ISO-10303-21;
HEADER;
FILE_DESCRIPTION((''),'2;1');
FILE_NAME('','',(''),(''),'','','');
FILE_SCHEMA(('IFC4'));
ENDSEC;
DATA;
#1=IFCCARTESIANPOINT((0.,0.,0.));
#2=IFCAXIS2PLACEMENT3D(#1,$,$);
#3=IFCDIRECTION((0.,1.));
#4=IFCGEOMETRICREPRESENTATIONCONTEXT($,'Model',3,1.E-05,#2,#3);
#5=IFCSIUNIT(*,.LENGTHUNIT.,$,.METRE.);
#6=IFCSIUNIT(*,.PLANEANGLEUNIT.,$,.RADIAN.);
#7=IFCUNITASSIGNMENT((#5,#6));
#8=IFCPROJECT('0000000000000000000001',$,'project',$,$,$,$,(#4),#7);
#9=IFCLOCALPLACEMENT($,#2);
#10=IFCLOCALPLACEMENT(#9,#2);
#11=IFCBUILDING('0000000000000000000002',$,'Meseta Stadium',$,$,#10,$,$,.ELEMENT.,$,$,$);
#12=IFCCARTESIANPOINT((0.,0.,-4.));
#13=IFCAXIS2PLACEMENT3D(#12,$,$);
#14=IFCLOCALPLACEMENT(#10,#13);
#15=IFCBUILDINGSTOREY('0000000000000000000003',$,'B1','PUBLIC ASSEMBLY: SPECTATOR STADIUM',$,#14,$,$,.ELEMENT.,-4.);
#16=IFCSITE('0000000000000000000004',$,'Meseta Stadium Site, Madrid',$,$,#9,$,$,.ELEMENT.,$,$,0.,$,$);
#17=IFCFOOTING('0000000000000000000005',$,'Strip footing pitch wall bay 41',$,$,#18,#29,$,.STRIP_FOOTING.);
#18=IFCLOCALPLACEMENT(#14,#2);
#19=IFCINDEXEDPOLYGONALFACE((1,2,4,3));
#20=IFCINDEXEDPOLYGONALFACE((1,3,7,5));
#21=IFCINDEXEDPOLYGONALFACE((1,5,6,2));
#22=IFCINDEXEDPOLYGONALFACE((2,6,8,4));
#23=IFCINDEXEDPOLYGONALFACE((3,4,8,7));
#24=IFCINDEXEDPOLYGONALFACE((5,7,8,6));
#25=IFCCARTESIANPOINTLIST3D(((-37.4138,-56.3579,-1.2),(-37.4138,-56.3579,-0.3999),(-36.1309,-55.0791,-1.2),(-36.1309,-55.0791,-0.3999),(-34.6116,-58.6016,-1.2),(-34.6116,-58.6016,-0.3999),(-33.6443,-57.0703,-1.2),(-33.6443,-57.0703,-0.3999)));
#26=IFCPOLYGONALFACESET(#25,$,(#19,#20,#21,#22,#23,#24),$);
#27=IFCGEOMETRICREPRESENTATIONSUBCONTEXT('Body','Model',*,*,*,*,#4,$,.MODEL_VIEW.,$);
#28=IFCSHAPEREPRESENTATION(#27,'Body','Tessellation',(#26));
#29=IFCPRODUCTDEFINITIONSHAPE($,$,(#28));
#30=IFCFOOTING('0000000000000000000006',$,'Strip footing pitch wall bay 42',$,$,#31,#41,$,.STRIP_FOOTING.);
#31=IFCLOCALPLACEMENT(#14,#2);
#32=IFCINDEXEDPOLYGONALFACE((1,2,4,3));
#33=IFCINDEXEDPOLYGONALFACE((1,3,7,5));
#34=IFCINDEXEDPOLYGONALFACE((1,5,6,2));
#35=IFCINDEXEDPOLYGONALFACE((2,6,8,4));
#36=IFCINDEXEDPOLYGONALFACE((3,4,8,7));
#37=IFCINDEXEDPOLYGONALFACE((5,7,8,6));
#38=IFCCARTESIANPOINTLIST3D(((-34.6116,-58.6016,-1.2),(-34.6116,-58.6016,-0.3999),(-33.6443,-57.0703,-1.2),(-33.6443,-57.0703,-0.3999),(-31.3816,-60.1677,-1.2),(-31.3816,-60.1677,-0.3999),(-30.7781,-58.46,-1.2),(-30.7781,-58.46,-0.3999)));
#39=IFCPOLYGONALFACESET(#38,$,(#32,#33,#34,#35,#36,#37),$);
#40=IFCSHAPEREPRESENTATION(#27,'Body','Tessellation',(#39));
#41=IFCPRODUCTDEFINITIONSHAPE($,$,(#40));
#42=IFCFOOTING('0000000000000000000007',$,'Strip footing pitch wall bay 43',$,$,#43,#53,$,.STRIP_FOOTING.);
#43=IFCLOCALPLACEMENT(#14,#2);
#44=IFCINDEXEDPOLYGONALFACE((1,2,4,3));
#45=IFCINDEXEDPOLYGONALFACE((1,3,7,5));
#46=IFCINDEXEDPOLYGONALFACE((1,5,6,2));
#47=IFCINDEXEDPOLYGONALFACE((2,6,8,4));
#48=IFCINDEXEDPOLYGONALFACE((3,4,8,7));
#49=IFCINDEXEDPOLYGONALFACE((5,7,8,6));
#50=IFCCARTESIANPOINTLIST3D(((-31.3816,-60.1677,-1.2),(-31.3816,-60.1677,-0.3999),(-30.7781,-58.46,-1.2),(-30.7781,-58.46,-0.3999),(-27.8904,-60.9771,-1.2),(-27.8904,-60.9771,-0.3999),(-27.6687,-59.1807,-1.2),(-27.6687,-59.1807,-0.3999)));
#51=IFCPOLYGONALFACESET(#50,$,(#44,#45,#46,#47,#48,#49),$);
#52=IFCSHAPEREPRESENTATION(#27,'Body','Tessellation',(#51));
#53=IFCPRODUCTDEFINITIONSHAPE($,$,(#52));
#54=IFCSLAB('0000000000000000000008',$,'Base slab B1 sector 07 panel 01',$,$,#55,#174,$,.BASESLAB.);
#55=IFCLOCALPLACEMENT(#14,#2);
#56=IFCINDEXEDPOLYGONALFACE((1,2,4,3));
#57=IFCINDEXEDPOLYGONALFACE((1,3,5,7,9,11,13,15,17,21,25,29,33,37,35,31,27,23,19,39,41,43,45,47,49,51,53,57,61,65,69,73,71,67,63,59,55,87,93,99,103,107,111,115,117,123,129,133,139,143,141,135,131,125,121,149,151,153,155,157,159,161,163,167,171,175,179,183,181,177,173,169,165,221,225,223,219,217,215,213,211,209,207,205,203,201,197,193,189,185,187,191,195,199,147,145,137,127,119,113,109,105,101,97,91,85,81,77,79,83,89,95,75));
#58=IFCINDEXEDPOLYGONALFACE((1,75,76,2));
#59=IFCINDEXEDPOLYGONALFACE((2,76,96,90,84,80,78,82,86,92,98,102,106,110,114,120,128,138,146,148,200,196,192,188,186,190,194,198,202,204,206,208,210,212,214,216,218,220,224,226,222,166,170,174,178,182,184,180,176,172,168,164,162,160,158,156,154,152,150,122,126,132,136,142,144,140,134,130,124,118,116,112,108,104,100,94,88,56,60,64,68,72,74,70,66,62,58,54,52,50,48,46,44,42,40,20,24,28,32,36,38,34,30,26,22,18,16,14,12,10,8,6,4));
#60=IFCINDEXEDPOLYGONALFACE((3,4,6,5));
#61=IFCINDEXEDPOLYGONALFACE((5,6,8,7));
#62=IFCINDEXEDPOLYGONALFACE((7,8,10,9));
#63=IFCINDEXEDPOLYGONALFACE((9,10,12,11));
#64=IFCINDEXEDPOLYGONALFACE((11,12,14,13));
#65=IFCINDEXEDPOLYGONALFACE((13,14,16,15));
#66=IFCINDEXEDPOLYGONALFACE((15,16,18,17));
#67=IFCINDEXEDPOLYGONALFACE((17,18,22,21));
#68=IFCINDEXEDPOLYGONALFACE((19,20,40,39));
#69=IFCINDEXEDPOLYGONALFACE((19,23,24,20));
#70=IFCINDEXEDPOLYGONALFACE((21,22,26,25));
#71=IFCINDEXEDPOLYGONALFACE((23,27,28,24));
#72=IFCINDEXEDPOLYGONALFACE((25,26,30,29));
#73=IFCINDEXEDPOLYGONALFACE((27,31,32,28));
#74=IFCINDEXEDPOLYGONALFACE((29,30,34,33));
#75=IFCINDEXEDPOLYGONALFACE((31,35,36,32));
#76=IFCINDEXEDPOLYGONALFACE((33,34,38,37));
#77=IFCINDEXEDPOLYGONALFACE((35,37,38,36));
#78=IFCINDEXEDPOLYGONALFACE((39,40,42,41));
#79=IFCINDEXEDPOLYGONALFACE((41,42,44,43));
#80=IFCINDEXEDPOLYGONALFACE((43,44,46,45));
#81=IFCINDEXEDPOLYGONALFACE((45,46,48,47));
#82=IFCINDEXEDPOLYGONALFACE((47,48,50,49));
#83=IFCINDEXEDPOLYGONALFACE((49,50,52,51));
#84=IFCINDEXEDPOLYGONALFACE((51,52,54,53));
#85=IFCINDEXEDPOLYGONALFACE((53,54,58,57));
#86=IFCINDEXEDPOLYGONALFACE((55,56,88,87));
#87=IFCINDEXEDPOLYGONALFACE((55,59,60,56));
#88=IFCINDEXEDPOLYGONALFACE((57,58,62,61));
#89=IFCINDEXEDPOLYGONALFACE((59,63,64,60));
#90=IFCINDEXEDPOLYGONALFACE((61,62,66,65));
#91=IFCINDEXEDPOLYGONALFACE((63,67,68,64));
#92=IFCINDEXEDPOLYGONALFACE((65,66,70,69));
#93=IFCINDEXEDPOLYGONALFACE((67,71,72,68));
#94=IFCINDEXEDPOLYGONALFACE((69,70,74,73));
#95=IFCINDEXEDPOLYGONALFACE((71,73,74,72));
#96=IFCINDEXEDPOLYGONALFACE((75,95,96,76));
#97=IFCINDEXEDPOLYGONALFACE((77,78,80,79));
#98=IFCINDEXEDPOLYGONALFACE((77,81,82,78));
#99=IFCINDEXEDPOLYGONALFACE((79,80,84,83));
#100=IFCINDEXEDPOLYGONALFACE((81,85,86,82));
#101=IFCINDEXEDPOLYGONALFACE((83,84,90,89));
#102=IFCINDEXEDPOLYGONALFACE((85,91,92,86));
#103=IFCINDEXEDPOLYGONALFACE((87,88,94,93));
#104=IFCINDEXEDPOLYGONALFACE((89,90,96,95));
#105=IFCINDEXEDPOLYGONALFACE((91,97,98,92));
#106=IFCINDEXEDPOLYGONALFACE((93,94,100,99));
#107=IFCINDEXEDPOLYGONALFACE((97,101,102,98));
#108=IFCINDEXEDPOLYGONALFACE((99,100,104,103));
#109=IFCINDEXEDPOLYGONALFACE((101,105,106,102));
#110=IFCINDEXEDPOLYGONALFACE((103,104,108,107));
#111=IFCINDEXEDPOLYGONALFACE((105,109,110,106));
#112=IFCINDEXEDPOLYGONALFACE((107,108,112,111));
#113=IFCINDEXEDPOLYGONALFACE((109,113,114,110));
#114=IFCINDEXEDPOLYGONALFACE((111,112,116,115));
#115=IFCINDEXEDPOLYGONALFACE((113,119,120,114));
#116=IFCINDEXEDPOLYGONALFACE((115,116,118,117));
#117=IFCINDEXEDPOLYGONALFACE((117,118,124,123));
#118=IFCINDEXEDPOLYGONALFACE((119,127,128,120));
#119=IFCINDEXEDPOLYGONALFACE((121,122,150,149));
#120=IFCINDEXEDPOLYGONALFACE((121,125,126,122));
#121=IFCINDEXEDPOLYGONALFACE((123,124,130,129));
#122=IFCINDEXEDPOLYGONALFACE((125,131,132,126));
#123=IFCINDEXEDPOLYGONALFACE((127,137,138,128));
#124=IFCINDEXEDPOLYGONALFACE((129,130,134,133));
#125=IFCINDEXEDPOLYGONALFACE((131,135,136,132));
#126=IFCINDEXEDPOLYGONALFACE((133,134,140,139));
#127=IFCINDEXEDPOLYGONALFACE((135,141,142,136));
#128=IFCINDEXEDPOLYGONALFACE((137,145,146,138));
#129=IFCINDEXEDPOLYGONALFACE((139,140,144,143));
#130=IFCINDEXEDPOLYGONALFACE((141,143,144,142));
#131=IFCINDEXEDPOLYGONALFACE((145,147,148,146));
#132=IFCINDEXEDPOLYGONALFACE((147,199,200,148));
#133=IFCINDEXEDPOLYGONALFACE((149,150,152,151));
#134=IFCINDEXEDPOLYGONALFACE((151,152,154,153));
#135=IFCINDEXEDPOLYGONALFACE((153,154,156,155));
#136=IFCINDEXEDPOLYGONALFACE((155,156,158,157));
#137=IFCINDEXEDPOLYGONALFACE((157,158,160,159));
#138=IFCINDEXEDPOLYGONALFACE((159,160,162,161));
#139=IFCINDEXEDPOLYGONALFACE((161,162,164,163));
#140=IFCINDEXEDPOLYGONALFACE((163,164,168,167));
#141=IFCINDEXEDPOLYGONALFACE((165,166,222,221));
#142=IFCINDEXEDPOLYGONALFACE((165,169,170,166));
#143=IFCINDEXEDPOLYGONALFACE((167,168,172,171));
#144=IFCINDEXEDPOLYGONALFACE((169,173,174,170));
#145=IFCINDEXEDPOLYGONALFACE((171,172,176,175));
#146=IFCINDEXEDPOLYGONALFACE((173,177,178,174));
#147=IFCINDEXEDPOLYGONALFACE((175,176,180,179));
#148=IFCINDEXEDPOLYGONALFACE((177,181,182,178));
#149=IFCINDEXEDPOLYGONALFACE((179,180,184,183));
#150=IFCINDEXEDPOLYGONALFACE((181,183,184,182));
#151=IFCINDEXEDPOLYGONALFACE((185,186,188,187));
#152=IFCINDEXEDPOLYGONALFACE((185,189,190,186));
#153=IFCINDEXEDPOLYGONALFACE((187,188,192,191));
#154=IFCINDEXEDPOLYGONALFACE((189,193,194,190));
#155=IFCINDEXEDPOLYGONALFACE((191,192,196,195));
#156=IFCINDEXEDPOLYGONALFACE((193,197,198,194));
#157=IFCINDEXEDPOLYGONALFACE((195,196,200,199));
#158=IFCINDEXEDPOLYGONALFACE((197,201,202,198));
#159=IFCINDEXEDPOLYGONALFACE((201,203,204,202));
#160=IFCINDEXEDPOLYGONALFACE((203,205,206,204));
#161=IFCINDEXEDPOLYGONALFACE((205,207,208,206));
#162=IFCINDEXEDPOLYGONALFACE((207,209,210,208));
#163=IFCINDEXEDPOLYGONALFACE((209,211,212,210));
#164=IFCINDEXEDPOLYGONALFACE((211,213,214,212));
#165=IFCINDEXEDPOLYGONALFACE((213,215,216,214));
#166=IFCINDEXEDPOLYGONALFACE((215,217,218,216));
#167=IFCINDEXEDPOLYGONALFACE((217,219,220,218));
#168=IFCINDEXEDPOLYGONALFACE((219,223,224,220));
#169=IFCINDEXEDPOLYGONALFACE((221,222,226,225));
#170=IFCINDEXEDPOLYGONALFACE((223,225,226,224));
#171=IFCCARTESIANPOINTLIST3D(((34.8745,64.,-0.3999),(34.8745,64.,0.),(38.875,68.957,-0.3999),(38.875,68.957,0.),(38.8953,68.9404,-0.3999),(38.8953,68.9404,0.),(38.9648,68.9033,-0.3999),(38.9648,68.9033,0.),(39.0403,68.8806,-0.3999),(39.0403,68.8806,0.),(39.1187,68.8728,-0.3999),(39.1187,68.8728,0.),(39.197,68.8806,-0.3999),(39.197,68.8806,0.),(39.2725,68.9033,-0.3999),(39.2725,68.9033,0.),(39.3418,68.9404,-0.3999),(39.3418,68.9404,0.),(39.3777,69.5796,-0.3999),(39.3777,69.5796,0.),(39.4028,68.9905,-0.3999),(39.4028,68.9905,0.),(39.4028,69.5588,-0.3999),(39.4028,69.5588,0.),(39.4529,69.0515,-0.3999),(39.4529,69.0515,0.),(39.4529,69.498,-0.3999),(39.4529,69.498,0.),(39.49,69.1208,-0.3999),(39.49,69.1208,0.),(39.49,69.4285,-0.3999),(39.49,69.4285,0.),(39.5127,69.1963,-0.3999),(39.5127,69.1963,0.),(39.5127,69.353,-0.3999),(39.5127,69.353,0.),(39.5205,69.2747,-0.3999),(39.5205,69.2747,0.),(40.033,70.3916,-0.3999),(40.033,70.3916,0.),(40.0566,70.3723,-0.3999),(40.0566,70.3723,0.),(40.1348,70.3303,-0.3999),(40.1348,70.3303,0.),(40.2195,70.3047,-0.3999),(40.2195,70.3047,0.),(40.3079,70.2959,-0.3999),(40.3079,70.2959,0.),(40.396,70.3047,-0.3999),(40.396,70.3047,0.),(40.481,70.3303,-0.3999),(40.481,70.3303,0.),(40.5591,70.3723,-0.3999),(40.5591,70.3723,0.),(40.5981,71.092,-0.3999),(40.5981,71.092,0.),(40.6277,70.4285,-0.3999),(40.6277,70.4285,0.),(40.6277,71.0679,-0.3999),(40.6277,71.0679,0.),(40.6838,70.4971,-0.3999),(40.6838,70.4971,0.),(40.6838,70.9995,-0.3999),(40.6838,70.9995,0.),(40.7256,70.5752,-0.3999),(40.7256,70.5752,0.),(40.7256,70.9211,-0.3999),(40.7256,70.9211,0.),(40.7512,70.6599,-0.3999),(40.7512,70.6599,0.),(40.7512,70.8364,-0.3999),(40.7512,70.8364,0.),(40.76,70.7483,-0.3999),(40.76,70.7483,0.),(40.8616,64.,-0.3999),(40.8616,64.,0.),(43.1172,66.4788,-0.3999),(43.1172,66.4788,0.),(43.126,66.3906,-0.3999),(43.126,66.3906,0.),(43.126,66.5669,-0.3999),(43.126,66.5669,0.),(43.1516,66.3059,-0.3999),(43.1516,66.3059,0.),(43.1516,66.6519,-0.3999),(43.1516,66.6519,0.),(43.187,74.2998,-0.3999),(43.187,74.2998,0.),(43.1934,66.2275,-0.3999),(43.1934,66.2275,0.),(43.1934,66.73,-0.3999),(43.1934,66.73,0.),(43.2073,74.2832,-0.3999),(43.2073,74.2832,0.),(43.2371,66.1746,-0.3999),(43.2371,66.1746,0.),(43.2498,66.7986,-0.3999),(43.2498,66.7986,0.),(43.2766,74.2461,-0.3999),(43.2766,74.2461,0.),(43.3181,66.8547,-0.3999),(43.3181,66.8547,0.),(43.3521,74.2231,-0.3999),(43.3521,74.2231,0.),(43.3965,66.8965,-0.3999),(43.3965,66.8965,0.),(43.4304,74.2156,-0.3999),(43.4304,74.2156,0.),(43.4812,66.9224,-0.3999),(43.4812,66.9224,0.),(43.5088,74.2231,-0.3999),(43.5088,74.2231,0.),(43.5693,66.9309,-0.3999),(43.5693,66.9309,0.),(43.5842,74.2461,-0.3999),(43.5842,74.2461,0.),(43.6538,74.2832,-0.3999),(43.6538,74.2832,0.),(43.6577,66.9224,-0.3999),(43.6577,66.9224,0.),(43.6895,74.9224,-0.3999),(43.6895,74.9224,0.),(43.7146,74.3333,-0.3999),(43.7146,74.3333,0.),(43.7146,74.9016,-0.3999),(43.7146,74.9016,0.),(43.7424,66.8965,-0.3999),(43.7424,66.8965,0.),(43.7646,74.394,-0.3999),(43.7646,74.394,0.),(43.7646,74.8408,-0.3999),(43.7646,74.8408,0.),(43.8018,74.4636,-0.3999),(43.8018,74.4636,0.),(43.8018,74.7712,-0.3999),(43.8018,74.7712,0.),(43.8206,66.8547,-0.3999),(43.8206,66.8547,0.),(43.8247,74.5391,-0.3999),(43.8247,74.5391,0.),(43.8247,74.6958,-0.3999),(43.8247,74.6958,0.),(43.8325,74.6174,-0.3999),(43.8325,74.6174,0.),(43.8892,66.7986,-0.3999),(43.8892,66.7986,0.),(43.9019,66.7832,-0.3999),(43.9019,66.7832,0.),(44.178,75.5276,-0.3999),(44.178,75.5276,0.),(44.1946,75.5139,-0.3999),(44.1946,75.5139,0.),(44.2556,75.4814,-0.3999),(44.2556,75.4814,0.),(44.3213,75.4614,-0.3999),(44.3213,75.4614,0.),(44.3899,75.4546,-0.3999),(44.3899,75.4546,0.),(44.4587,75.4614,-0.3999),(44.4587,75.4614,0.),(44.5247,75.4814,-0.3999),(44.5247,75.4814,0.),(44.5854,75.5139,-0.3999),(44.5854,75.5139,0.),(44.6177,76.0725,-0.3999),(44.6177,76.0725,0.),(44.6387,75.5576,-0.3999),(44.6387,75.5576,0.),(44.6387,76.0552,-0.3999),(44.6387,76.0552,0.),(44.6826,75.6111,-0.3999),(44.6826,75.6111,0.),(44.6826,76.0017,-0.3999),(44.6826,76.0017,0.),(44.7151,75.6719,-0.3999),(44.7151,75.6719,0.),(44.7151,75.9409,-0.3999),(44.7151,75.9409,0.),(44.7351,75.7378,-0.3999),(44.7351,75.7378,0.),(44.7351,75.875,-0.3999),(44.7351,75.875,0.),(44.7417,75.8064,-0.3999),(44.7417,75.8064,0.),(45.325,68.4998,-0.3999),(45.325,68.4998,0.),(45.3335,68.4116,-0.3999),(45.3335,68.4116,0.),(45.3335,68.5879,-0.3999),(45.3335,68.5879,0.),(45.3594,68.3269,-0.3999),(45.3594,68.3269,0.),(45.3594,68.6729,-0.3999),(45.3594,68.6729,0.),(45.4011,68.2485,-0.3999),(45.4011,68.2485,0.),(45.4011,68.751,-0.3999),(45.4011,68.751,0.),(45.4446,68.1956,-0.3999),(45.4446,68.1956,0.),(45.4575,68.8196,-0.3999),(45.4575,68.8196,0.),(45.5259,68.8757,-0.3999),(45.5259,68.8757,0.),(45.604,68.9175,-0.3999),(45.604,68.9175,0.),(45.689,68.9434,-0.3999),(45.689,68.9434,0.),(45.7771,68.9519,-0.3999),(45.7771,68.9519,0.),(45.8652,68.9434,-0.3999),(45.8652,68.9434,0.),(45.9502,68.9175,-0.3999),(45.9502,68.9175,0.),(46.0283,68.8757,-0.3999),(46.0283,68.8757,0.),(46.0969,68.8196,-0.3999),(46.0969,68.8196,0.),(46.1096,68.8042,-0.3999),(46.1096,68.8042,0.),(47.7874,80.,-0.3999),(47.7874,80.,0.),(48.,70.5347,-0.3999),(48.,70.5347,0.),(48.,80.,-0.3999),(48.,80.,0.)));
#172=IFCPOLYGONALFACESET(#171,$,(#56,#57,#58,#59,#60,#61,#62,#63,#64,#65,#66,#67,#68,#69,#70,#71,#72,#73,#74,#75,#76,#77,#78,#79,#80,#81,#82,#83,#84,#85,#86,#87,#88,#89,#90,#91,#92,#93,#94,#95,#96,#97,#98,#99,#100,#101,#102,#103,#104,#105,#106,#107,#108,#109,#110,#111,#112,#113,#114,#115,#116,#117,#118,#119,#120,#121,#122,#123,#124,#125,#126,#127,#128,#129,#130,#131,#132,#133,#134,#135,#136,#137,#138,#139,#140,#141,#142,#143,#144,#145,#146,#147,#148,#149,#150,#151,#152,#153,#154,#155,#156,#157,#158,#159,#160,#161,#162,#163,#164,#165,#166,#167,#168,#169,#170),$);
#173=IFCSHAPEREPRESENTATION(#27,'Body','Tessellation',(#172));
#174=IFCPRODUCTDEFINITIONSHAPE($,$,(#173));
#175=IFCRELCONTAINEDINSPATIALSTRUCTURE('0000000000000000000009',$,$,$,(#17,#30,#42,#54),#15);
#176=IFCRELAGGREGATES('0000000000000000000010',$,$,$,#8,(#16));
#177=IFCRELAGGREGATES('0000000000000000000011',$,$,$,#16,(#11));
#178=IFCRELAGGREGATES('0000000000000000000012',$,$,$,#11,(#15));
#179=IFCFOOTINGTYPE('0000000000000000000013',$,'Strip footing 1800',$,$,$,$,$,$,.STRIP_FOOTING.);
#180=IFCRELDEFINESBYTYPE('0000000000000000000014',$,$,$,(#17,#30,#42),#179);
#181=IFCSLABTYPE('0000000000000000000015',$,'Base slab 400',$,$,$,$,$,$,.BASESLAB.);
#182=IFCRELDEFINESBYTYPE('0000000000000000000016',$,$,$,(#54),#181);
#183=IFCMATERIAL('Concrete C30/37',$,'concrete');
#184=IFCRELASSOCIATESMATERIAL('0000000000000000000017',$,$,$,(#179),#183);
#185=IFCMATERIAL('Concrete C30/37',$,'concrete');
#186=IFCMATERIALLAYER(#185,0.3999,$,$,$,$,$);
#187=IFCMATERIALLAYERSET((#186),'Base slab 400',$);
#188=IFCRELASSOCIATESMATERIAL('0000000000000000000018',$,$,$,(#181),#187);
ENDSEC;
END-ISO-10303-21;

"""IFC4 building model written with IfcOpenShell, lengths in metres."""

from ifc_helpers import new_model, si_unit, direction, frame, origin, place, context, subcontext, project, spatial, polyline, outline, extrude, material, layer, layer_set, type_object, element, save


model = new_model("IFC4")

# Units and contexts
model_context = context("Model", 3, precision=1e-05, world=origin(), true_north=direction((0.0, 1.0)))
body_context = subcontext(model_context, "Body", "Model", "MODEL_VIEW")
ifc_project = project(units=[si_unit("LENGTHUNIT", "METRE"), si_unit("PLANEANGLEUNIT", "RADIAN")], contexts=[model_context])

# Site, building, storey
site_placement = place(None, origin())
site = spatial("IfcSite", under=ifc_project, at=site_placement, Name="Meseta Stadium Site, Madrid", CompositionType="ELEMENT", RefElevation=0.0)
building_placement = place(site_placement, origin())
building = spatial("IfcBuilding", under=site, at=building_placement, Name="Meseta Stadium", CompositionType="ELEMENT")
storey_placement = place(building_placement, frame((0.0, 0.0, -4.0)))
storey = spatial("IfcBuildingStorey", under=building, at=storey_placement, Name="B1", Description="PUBLIC ASSEMBLY: SPECTATOR STADIUM", CompositionType="ELEMENT", Elevation=-4.0)

# Footings
ifc_material_1 = material(Name="Concrete C30/37", Category="concrete")
footing_type = type_object("IfcFootingType", Name="Strip footing 1800", PredefinedType="STRIP_FOOTING", material=ifc_material_1)
footing_1_placement = place(storey_placement, frame((0.0, 0.0, -1.2)))
element("IfcFooting", 1, at=footing_1_placement, inside=storey, type_object=footing_type, Name="Strip footing pitch wall bay 41", PredefinedType="STRIP_FOOTING", context=body_context, shape_type="SweptSolid", body=[
    extrude(outline(polyline([(-37.4138, -56.3579), (-34.6116, -58.6016), (-33.6443, -57.0703), (-36.1309, -55.0791), (-37.4138, -56.3579)])), origin(), (0.0, 0.0, 1.0), 0.8),
])
footing_2_placement = place(storey_placement, frame((0.0, 0.0, -1.2)))
element("IfcFooting", 2, at=footing_2_placement, inside=storey, type_object=footing_type, Name="Strip footing pitch wall bay 42", PredefinedType="STRIP_FOOTING", context=body_context, shape_type="SweptSolid", body=[
    extrude(outline(polyline([(-34.6116, -58.6016), (-31.3816, -60.1677), (-30.7781, -58.46), (-33.6443, -57.0703), (-34.6116, -58.6016)])), origin(), (0.0, 0.0, 1.0), 0.8),
])
footing_3_placement = place(storey_placement, frame((0.0, 0.0, -1.2)))
element("IfcFooting", 3, at=footing_3_placement, inside=storey, type_object=footing_type, Name="Strip footing pitch wall bay 43", PredefinedType="STRIP_FOOTING", context=body_context, shape_type="SweptSolid", body=[
    extrude(outline(polyline([(-31.3816, -60.1677), (-27.8904, -60.9771), (-27.6687, -59.1807), (-30.7781, -58.46), (-31.3816, -60.1677)])), origin(), (0.0, 0.0, 1.0), 0.8),
])

# Slab
ifc_material_2 = material(Name="Concrete C30/37", Category="concrete")
ifc_layer = layer(ifc_material_2, 0.3999)
ifc_layer_set = layer_set([ifc_layer], Name="Base slab 400")
slab_type = type_object("IfcSlabType", Name="Base slab 400", PredefinedType="BASESLAB", material=ifc_layer_set)
slab_1_placement = place(storey_placement, frame((0.0, 0.0, -0.3999)))
element("IfcSlab", 4, at=slab_1_placement, inside=storey, type_object=slab_type, Name="Base slab B1 sector 07 panel 01", PredefinedType="BASESLAB", context=body_context, shape_type="SweptSolid", body=[
    extrude(outline(polyline([(38.8953, 68.9404), (38.875, 68.957), (34.8745, 64.0), (40.8616, 64.0), (43.2371, 66.1746), (43.1934, 66.2275), (43.1516, 66.3059), (43.126, 66.3906), (43.1172, 66.4788), (43.126, 66.5669), (43.1516, 66.6519), (43.1934, 66.73), (43.2498, 66.7986), (43.3181, 66.8547), (43.3965, 66.8965), (43.4812, 66.9224), (43.5693, 66.9309), (43.6577, 66.9224), (43.7424, 66.8965), (43.8206, 66.8547), (43.8892, 66.7986), (43.9019, 66.7832), (45.4446, 68.1956), (45.4011, 68.2485), (45.3594, 68.3269), (45.3335, 68.4116), (45.325, 68.4998), (45.3335, 68.5879), (45.3594, 68.6729), (45.4011, 68.751), (45.4575, 68.8196), (45.5259, 68.8757), (45.604, 68.9175), (45.689, 68.9434), (45.7771, 68.9519), (45.8652, 68.9434), (45.9502, 68.9175), (46.0283, 68.8757), (46.0969, 68.8196), (46.1096, 68.8042), (48.0, 70.5347), (48.0, 80.0), (47.7874, 80.0), (44.6177, 76.0725), (44.6387, 76.0552), (44.6826, 76.0017), (44.7151, 75.9409), (44.7351, 75.875), (44.7417, 75.8064), (44.7351, 75.7378), (44.7151, 75.6719), (44.6826, 75.6111), (44.6387, 75.5576), (44.5854, 75.5139), (44.5247, 75.4814), (44.4587, 75.4614), (44.3899, 75.4546), (44.3213, 75.4614), (44.2556, 75.4814), (44.1946, 75.5139), (44.178, 75.5276), (43.6895, 74.9224), (43.7146, 74.9016), (43.7646, 74.8408), (43.8018, 74.7712), (43.8247, 74.6958), (43.8325, 74.6174), (43.8247, 74.5391), (43.8018, 74.4636), (43.7646, 74.394), (43.7146, 74.3333), (43.6538, 74.2832), (43.5842, 74.2461), (43.5088, 74.2231), (43.4304, 74.2156), (43.3521, 74.2231), (43.2766, 74.2461), (43.2073, 74.2832), (43.187, 74.2998), (40.5981, 71.092), (40.6277, 71.0679), (40.6838, 70.9995), (40.7256, 70.9211), (40.7512, 70.8364), (40.76, 70.7483), (40.7512, 70.6599), (40.7256, 70.5752), (40.6838, 70.4971), (40.6277, 70.4285), (40.5591, 70.3723), (40.481, 70.3303), (40.396, 70.3047), (40.3079, 70.2959), (40.2195, 70.3047), (40.1348, 70.3303), (40.0566, 70.3723), (40.033, 70.3916), (39.3777, 69.5796), (39.4028, 69.5588), (39.4529, 69.498), (39.49, 69.4285), (39.5127, 69.353), (39.5205, 69.2747), (39.5127, 69.1963), (39.49, 69.1208), (39.4529, 69.0515), (39.4028, 68.9905), (39.3418, 68.9404), (39.2725, 68.9033), (39.197, 68.8806), (39.1187, 68.8728), (39.0403, 68.8806), (38.9648, 68.9033), (38.8953, 68.9404)])), origin(), (0.0, 0.0, 1.0), 0.3999),
])

save(model, "model.ifc")
